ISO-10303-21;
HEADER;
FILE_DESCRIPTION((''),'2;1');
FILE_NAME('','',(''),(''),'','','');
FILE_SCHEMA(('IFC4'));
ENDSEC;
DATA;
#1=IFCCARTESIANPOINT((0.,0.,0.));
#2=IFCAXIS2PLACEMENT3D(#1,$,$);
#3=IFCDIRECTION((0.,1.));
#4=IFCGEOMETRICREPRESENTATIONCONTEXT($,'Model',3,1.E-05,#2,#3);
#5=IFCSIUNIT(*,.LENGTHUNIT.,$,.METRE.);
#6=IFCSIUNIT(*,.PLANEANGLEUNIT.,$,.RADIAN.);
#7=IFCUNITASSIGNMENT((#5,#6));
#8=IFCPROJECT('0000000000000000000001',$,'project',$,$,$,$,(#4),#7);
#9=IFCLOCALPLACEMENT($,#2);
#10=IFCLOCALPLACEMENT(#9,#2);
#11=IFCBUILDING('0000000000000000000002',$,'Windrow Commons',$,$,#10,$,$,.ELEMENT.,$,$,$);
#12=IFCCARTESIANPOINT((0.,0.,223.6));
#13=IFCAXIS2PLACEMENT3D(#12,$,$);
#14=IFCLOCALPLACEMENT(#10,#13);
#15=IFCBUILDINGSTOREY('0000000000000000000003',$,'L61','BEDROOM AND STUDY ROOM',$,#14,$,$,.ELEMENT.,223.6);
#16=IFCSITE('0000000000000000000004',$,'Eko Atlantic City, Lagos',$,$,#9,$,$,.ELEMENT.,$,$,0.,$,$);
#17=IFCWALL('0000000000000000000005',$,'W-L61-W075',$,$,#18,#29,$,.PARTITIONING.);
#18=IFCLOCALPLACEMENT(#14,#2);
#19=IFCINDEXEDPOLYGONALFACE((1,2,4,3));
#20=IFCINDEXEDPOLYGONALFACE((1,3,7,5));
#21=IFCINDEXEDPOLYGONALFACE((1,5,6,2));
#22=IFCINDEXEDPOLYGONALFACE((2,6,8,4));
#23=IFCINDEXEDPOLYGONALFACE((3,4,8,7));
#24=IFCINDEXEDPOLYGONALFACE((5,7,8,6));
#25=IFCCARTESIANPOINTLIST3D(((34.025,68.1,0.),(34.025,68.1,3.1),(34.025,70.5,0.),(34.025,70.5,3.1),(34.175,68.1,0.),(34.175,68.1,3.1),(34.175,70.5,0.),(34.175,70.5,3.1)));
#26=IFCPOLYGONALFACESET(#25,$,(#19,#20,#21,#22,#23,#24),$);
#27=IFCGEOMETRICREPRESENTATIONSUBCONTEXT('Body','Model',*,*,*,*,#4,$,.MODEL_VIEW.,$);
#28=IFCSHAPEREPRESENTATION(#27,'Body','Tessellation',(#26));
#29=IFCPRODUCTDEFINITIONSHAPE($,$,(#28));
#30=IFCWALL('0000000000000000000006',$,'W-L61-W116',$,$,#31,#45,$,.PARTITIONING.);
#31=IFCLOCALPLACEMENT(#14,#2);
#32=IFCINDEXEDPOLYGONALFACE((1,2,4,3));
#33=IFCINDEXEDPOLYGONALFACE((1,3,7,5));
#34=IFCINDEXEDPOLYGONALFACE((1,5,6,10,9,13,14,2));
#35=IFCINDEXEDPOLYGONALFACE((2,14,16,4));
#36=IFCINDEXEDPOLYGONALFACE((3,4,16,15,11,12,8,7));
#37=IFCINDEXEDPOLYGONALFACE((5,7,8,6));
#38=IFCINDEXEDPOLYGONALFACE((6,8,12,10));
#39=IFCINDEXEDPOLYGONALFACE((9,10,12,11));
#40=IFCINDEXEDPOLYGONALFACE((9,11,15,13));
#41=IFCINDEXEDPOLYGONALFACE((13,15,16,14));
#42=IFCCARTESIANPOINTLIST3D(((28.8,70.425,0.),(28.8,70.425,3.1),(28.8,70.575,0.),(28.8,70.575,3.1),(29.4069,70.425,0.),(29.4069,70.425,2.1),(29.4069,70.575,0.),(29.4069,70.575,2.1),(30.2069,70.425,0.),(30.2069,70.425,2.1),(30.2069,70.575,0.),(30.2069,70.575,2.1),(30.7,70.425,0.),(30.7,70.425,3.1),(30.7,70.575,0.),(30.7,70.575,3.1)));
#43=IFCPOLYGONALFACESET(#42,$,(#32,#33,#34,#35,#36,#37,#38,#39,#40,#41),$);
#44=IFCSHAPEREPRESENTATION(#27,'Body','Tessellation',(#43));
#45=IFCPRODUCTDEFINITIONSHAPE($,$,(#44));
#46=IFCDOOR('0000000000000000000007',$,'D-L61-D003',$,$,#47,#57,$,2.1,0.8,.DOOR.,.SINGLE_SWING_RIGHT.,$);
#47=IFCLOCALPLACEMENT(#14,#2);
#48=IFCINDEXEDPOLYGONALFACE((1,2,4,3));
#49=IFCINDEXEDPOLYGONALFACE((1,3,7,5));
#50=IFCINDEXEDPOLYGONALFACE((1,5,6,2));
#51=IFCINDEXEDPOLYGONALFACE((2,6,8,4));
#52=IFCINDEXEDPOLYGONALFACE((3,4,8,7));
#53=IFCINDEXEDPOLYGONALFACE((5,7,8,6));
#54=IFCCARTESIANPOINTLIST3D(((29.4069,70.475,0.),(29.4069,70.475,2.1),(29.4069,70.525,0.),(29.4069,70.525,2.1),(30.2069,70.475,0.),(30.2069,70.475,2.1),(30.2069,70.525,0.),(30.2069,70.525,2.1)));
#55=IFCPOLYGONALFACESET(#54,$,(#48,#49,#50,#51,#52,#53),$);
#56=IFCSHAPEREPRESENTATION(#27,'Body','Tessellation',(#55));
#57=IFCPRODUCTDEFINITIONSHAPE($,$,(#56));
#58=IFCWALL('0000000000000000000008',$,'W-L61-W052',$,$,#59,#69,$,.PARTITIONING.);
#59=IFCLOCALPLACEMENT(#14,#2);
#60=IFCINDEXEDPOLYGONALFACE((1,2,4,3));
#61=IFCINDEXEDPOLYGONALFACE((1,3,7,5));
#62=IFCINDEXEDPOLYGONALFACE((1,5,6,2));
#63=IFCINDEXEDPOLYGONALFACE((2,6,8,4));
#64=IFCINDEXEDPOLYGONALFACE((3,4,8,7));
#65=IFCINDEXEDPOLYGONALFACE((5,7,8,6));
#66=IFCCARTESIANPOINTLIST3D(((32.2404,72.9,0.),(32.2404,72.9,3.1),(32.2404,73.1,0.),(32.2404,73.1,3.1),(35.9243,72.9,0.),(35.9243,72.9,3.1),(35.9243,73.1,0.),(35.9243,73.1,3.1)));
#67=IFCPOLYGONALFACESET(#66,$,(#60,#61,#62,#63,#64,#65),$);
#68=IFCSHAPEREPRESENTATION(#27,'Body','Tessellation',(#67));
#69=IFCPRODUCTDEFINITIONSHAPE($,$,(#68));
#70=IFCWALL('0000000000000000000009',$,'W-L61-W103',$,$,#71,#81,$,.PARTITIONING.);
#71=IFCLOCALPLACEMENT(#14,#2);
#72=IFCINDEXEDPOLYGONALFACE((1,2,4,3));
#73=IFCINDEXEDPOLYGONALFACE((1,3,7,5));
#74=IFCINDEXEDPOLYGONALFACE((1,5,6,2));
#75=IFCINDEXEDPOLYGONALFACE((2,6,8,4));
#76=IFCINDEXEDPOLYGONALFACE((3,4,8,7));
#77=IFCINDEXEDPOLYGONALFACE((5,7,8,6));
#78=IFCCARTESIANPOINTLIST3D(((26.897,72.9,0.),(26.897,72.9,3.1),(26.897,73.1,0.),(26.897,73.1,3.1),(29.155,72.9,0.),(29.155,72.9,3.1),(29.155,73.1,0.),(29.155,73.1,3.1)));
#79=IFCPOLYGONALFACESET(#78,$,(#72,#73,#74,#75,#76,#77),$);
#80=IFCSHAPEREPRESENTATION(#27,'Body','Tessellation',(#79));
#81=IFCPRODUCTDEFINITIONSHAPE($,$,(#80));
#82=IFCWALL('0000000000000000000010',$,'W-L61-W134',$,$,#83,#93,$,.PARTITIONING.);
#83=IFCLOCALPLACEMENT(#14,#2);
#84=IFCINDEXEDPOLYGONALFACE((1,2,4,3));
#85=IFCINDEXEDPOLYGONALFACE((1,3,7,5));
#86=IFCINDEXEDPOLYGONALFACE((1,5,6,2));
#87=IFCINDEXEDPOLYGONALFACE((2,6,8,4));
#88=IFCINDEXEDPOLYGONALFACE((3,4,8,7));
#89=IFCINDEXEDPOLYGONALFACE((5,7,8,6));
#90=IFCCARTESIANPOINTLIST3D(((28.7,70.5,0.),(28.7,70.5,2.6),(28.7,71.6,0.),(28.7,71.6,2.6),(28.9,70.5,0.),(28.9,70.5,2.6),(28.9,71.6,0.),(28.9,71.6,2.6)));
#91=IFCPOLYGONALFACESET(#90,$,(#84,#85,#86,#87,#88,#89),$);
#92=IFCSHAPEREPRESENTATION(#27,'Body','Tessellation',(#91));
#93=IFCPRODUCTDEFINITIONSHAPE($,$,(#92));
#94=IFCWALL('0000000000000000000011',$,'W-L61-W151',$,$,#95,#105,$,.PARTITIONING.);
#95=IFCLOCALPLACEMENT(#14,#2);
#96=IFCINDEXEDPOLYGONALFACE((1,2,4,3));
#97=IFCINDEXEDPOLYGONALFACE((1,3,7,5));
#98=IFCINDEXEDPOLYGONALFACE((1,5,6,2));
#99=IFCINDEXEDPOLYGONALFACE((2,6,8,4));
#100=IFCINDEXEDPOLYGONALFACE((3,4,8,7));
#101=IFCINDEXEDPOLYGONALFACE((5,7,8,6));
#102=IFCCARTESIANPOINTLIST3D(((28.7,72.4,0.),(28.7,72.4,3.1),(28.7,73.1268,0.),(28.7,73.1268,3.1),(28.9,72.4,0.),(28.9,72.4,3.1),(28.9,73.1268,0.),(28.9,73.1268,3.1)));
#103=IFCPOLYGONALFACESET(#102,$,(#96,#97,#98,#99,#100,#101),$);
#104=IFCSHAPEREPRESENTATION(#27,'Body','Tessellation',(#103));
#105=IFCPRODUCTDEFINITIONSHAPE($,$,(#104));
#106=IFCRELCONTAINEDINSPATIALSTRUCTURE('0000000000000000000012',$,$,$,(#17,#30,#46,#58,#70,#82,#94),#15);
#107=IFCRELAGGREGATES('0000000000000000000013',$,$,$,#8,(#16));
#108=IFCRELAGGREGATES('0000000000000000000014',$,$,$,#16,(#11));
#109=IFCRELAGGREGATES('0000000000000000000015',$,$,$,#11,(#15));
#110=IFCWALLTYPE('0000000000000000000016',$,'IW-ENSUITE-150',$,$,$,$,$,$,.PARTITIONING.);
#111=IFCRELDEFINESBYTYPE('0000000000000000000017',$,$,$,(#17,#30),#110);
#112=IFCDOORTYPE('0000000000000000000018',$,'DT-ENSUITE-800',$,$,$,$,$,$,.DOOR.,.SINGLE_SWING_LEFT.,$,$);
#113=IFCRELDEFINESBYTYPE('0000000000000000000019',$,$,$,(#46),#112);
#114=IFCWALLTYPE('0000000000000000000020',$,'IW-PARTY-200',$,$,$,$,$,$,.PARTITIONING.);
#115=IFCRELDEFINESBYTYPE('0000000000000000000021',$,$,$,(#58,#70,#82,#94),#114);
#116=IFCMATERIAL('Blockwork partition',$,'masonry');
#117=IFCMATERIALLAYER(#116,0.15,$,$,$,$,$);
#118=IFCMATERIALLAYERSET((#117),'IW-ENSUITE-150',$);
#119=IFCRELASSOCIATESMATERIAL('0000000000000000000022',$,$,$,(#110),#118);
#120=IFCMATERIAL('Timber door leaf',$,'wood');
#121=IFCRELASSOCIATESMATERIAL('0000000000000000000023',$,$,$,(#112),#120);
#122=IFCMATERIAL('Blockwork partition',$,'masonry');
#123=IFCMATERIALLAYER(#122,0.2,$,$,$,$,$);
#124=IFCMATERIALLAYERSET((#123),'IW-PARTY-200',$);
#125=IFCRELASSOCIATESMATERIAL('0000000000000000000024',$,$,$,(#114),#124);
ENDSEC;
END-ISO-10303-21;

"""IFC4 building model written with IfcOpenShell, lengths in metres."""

from ifc_helpers import new_model, si_unit, direction, frame, frame_2d, origin, place, context, subcontext, project, spatial, rectangle, extrude, material, layer, layer_set, type_object, element, fill, save


model = new_model("IFC4")

# Units and contexts
model_context = context("Model", 3, precision=1e-05, world=origin(), true_north=direction((0.0, 1.0)))
body_context = subcontext(model_context, "Body", "Model", "MODEL_VIEW")
ifc_project = project(units=[si_unit("LENGTHUNIT", "METRE"), si_unit("PLANEANGLEUNIT", "RADIAN")], contexts=[model_context])

# Site, building, storey
site_placement = place(None, origin())
site = spatial("IfcSite", under=ifc_project, at=site_placement, Name="Eko Atlantic City, Lagos", CompositionType="ELEMENT", RefElevation=0.0)
building_placement = place(site_placement, origin())
building = spatial("IfcBuilding", under=site, at=building_placement, Name="Windrow Commons", CompositionType="ELEMENT")
storey_placement = place(building_placement, frame((0.0, 0.0, 223.6)))
storey = spatial("IfcBuildingStorey", under=building, at=storey_placement, Name="L61", Description="BEDROOM AND STUDY ROOM", CompositionType="ELEMENT", Elevation=223.6)

# Shared definitions
ifc_material_1 = material(Name="Blockwork partition", Category="masonry")
ifc_layer_1 = layer(ifc_material_1, 0.15)
ifc_layer_set_1 = layer_set([ifc_layer_1], Name="IW-ENSUITE-150")
wall_type_1 = type_object("IfcWallType", Name="IW-ENSUITE-150", PredefinedType="PARTITIONING", material=ifc_layer_set_1)
ifc_material_2 = material(Name="Timber door leaf", Category="wood")
door_type = type_object("IfcDoorType", Name="DT-ENSUITE-800", OperationType="SINGLE_SWING_LEFT", PredefinedType="DOOR", material=ifc_material_2)

# Wall
wall_1_placement = place(storey_placement, frame((34.1, 68.1, 0.0), z_axis=(0.0, 0.0, 1.0), x_axis=(0.0, 1.0, 0.0)))
element("IfcWall", 1, at=wall_1_placement, inside=storey, type_object=wall_type_1, Name="W-L61-W075", PredefinedType="PARTITIONING", context=body_context, shape_type="SweptSolid", body=[
    extrude(rectangle(XDim=2.4, YDim=0.15, at=frame_2d((1.2, 0.0))), origin(), (0.0, 0.0, 1.0), 3.1),
])

# Wall, opening, door
wall_2_placement = place(storey_placement, frame((28.8, 70.5, 0.0), z_axis=(0.0, 0.0, 1.0), x_axis=(1.0, 0.0, 0.0)))
wall_2 = element("IfcWall", 2, at=wall_2_placement, inside=storey, type_object=wall_type_1, Name="W-L61-W116", PredefinedType="PARTITIONING", context=body_context, shape_type="SweptSolid", body=[
    extrude(rectangle(XDim=1.9, YDim=0.15, at=frame_2d((0.95, 0.0))), origin(), (0.0, 0.0, 1.0), 3.1),
])
opening_1_placement = place(wall_2_placement, frame((0.6069, 0.0, 0.0)))
opening_1 = element("IfcOpeningElement", 3, at=opening_1_placement, cuts=wall_2, PredefinedType="OPENING", context=body_context, shape_type="SweptSolid", body=[
    extrude(rectangle(XDim=0.8, YDim=2.1, at=frame_2d((0.4, 1.05))), frame((0.0, 0.085, 0.0), z_axis=(0.0, -1.0, 0.0), x_axis=(1.0, 0.0, 0.0)), (0.0, 0.0, 1.0), 0.17),
])
door_1_placement = place(opening_1_placement, origin())
door_1 = element("IfcDoor", 4, at=door_1_placement, inside=storey, type_object=door_type, Name="D-L61-D003", OperationType="SINGLE_SWING_RIGHT", OverallHeight=2.1, OverallWidth=0.8, PredefinedType="DOOR", context=body_context, shape_type="SweptSolid", body=[
    extrude(rectangle(XDim=0.8, YDim=2.1, at=frame_2d((0.4, 1.05))), frame((0.0, 0.025, 0.0), z_axis=(0.0, -1.0, 0.0), x_axis=(1.0, 0.0, 0.0)), (0.0, 0.0, 1.0), 0.05),
])
fill(opening_1, door_1)

# Walls
ifc_material_3 = material(Name="Blockwork partition", Category="masonry")
ifc_layer_2 = layer(ifc_material_3, 0.2)
ifc_layer_set_2 = layer_set([ifc_layer_2], Name="IW-PARTY-200")
wall_type_2 = type_object("IfcWallType", Name="IW-PARTY-200", PredefinedType="PARTITIONING", material=ifc_layer_set_2)
wall_3_placement = place(storey_placement, frame((32.2405, 73.0, 0.0), z_axis=(0.0, 0.0, 1.0), x_axis=(1.0, 0.0, 0.0)))
element("IfcWall", 5, at=wall_3_placement, inside=storey, type_object=wall_type_2, Name="W-L61-W052", PredefinedType="PARTITIONING", context=body_context, shape_type="SweptSolid", body=[
    extrude(rectangle(XDim=3.6839, YDim=0.2, at=frame_2d((1.8419, 0.0))), origin(), (0.0, 0.0, 1.0), 3.1),
])
wall_4_placement = place(storey_placement, frame((26.897, 73.0, 0.0), z_axis=(0.0, 0.0, 1.0), x_axis=(1.0, 0.0, 0.0)))
element("IfcWall", 6, at=wall_4_placement, inside=storey, type_object=wall_type_2, Name="W-L61-W103", PredefinedType="PARTITIONING", context=body_context, shape_type="SweptSolid", body=[
    extrude(rectangle(XDim=2.258, YDim=0.2, at=frame_2d((1.129, 0.0))), origin(), (0.0, 0.0, 1.0), 3.1),
])
wall_5_placement = place(storey_placement, frame((28.8, 70.5, 0.0), z_axis=(0.0, 0.0, 1.0), x_axis=(0.0, 1.0, 0.0)))
element("IfcWall", 7, at=wall_5_placement, inside=storey, type_object=wall_type_2, Name="W-L61-W134", PredefinedType="PARTITIONING", context=body_context, shape_type="SweptSolid", body=[
    extrude(rectangle(XDim=1.1, YDim=0.2, at=frame_2d((0.55, 0.0))), origin(), (0.0, 0.0, 1.0), 2.6),
])
wall_6_placement = place(storey_placement, frame((28.8, 72.4, 0.0), z_axis=(0.0, 0.0, 1.0), x_axis=(0.0, 1.0, 0.0)))
element("IfcWall", 8, at=wall_6_placement, inside=storey, type_object=wall_type_2, Name="W-L61-W151", PredefinedType="PARTITIONING", context=body_context, shape_type="SweptSolid", body=[
    extrude(rectangle(XDim=0.7268, YDim=0.2, at=frame_2d((0.3634, 0.0))), origin(), (0.0, 0.0, 1.0), 3.1),
])

save(model, "model.ifc")
